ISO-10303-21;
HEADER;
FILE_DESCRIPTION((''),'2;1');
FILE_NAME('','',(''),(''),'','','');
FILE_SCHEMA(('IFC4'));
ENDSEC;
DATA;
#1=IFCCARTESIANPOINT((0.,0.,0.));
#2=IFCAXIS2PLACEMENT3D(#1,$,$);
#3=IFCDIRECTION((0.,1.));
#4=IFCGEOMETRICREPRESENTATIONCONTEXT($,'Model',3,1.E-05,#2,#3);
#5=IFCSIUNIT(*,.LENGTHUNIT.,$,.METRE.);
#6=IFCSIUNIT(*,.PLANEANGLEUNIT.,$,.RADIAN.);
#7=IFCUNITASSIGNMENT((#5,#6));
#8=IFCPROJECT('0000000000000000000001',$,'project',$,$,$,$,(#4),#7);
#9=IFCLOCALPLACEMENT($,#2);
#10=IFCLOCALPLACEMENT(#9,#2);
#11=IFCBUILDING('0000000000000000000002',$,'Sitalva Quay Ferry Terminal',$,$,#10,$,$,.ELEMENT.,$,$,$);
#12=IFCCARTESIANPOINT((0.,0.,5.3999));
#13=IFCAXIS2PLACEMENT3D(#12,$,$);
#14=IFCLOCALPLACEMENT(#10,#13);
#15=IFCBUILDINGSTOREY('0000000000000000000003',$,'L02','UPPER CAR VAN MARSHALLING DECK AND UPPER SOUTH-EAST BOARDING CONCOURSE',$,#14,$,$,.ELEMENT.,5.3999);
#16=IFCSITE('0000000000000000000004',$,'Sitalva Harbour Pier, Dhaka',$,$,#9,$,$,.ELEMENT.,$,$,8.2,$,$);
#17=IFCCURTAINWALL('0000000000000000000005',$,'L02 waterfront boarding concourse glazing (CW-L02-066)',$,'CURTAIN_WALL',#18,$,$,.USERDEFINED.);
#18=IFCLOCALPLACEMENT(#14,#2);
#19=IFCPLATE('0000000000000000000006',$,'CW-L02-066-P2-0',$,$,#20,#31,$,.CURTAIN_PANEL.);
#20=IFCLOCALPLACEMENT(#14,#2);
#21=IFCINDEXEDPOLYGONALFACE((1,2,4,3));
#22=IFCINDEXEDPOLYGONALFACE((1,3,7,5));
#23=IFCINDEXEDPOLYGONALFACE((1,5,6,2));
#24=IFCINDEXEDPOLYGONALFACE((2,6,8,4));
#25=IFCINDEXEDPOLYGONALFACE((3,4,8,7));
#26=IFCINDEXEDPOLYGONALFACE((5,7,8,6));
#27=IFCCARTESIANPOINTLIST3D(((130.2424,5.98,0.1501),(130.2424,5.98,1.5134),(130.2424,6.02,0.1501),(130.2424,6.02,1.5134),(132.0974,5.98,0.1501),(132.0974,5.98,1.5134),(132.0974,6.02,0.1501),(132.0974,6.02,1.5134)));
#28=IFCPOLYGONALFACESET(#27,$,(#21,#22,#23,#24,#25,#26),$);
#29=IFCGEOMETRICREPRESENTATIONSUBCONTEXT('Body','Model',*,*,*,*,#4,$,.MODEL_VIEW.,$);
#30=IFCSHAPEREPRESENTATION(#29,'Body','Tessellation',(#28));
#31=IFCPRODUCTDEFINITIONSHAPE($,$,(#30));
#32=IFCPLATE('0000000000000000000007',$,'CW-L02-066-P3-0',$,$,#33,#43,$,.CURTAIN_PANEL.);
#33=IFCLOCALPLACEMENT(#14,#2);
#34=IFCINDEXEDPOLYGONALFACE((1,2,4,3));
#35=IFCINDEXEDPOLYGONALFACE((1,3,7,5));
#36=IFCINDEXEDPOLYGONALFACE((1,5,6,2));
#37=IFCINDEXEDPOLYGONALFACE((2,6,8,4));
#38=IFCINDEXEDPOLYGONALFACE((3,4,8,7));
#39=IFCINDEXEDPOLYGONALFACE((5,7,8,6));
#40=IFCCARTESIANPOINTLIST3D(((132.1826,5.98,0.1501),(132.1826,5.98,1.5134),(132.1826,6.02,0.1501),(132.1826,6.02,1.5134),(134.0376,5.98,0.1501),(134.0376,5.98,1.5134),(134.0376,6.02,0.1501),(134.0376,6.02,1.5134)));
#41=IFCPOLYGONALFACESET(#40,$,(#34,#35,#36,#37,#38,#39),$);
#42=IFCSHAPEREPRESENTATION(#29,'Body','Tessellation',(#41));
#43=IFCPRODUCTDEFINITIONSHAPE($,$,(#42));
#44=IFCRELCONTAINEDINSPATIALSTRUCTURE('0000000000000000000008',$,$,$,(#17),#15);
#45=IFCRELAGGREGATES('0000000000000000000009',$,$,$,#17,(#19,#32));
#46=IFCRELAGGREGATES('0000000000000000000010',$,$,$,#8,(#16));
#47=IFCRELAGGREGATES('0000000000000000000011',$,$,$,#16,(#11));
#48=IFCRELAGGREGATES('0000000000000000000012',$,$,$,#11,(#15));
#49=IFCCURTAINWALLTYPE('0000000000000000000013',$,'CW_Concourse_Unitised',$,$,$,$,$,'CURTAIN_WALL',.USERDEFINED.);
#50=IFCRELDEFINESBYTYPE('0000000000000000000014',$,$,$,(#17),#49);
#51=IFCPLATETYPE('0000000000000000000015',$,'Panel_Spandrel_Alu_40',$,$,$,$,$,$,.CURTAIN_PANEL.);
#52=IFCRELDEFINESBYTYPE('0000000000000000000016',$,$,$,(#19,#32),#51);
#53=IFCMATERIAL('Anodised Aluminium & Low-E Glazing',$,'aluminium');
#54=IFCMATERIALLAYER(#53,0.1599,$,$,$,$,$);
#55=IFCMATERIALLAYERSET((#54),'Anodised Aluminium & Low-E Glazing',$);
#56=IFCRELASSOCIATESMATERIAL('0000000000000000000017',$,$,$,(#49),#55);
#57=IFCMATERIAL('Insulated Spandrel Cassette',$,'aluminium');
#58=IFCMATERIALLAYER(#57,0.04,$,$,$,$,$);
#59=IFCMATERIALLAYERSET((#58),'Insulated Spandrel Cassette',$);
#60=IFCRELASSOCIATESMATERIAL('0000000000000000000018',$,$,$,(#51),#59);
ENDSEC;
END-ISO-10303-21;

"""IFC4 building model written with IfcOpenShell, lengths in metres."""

from ifc_helpers import new_model, si_unit, direction, frame, origin, origin_2d, place, context, subcontext, project, spatial, rectangle, extrude, material, layer, layer_set, type_object, element, aggregate, save


model = new_model("IFC4")

# Units and contexts
model_context = context("Model", 3, precision=1e-05, world=origin(), true_north=direction((0.0, 1.0)))
body_context = subcontext(model_context, "Body", "Model", "MODEL_VIEW")
ifc_project = project(units=[si_unit("LENGTHUNIT", "METRE"), si_unit("PLANEANGLEUNIT", "RADIAN")], contexts=[model_context])

# Site, building, storey
site_placement = place(None, origin())
site = spatial("IfcSite", under=ifc_project, at=site_placement, Name="Sitalva Harbour Pier, Dhaka", CompositionType="ELEMENT", RefElevation=8.2)
building_placement = place(site_placement, origin())
building = spatial("IfcBuilding", under=site, at=building_placement, Name="Sitalva Quay Ferry Terminal", CompositionType="ELEMENT")
storey_placement = place(building_placement, frame((0.0, 0.0, 5.3999)))
storey = spatial("IfcBuildingStorey", under=building, at=storey_placement, Name="L02", Description="UPPER CAR VAN MARSHALLING DECK AND UPPER SOUTH-EAST BOARDING CONCOURSE", CompositionType="ELEMENT", Elevation=5.3999)

# Curtain wall
ifc_material_1 = material(Name="Anodised Aluminium & Low-E Glazing", Category="aluminium")
ifc_layer_1 = layer(ifc_material_1, 0.1599)
ifc_layer_set_1 = layer_set([ifc_layer_1], Name="Anodised Aluminium & Low-E Glazing")
curtain_wall_type = type_object("IfcCurtainWallType", Name="CW_Concourse_Unitised", ElementType="CURTAIN_WALL", PredefinedType="USERDEFINED", material=ifc_layer_set_1)
curtain_wall_1_placement = place(storey_placement, origin())
curtain_wall_1 = element("IfcCurtainWall", 1, at=curtain_wall_1_placement, inside=storey, type_object=curtain_wall_type, Name="L02 waterfront boarding concourse glazing (CW-L02-066)", ObjectType="CURTAIN_WALL", PredefinedType="USERDEFINED")

# Plates
ifc_material_2 = material(Name="Insulated Spandrel Cassette", Category="aluminium")
ifc_layer_2 = layer(ifc_material_2, 0.04)
ifc_layer_set_2 = layer_set([ifc_layer_2], Name="Insulated Spandrel Cassette")
plate_type_1 = type_object("IfcPlateType", Name="Panel_Spandrel_Alu_40", PredefinedType="CURTAIN_PANEL", material=ifc_layer_set_2)
plate_1_placement = place(storey_placement, frame((131.1699, 6.0, 0.1501), z_axis=(0.0, 0.0, 1.0), x_axis=(1.0, 0.0, 0.0)))
plate_1 = element("IfcPlate", 2, at=plate_1_placement, type_object=plate_type_1, Name="CW-L02-066-P2-0", PredefinedType="CURTAIN_PANEL", context=body_context, shape_type="SweptSolid", body=[
    extrude(rectangle(XDim=1.855, YDim=0.04, at=origin_2d()), origin(), (0.0, 0.0, 1.0), 1.3633),
])
plate_2_placement = place(storey_placement, frame((133.1101, 6.0, 0.1501), z_axis=(0.0, 0.0, 1.0), x_axis=(1.0, 0.0, 0.0)))
plate_2 = element("IfcPlate", 3, at=plate_2_placement, type_object=plate_type_1, Name="CW-L02-066-P3-0", PredefinedType="CURTAIN_PANEL", context=body_context, shape_type="SweptSolid", body=[
    extrude(rectangle(XDim=1.855, YDim=0.04, at=origin_2d()), origin(), (0.0, 0.0, 1.0), 1.3633),
])
aggregate(curtain_wall_1, [plate_1, plate_2])

save(model, "model.ifc")
